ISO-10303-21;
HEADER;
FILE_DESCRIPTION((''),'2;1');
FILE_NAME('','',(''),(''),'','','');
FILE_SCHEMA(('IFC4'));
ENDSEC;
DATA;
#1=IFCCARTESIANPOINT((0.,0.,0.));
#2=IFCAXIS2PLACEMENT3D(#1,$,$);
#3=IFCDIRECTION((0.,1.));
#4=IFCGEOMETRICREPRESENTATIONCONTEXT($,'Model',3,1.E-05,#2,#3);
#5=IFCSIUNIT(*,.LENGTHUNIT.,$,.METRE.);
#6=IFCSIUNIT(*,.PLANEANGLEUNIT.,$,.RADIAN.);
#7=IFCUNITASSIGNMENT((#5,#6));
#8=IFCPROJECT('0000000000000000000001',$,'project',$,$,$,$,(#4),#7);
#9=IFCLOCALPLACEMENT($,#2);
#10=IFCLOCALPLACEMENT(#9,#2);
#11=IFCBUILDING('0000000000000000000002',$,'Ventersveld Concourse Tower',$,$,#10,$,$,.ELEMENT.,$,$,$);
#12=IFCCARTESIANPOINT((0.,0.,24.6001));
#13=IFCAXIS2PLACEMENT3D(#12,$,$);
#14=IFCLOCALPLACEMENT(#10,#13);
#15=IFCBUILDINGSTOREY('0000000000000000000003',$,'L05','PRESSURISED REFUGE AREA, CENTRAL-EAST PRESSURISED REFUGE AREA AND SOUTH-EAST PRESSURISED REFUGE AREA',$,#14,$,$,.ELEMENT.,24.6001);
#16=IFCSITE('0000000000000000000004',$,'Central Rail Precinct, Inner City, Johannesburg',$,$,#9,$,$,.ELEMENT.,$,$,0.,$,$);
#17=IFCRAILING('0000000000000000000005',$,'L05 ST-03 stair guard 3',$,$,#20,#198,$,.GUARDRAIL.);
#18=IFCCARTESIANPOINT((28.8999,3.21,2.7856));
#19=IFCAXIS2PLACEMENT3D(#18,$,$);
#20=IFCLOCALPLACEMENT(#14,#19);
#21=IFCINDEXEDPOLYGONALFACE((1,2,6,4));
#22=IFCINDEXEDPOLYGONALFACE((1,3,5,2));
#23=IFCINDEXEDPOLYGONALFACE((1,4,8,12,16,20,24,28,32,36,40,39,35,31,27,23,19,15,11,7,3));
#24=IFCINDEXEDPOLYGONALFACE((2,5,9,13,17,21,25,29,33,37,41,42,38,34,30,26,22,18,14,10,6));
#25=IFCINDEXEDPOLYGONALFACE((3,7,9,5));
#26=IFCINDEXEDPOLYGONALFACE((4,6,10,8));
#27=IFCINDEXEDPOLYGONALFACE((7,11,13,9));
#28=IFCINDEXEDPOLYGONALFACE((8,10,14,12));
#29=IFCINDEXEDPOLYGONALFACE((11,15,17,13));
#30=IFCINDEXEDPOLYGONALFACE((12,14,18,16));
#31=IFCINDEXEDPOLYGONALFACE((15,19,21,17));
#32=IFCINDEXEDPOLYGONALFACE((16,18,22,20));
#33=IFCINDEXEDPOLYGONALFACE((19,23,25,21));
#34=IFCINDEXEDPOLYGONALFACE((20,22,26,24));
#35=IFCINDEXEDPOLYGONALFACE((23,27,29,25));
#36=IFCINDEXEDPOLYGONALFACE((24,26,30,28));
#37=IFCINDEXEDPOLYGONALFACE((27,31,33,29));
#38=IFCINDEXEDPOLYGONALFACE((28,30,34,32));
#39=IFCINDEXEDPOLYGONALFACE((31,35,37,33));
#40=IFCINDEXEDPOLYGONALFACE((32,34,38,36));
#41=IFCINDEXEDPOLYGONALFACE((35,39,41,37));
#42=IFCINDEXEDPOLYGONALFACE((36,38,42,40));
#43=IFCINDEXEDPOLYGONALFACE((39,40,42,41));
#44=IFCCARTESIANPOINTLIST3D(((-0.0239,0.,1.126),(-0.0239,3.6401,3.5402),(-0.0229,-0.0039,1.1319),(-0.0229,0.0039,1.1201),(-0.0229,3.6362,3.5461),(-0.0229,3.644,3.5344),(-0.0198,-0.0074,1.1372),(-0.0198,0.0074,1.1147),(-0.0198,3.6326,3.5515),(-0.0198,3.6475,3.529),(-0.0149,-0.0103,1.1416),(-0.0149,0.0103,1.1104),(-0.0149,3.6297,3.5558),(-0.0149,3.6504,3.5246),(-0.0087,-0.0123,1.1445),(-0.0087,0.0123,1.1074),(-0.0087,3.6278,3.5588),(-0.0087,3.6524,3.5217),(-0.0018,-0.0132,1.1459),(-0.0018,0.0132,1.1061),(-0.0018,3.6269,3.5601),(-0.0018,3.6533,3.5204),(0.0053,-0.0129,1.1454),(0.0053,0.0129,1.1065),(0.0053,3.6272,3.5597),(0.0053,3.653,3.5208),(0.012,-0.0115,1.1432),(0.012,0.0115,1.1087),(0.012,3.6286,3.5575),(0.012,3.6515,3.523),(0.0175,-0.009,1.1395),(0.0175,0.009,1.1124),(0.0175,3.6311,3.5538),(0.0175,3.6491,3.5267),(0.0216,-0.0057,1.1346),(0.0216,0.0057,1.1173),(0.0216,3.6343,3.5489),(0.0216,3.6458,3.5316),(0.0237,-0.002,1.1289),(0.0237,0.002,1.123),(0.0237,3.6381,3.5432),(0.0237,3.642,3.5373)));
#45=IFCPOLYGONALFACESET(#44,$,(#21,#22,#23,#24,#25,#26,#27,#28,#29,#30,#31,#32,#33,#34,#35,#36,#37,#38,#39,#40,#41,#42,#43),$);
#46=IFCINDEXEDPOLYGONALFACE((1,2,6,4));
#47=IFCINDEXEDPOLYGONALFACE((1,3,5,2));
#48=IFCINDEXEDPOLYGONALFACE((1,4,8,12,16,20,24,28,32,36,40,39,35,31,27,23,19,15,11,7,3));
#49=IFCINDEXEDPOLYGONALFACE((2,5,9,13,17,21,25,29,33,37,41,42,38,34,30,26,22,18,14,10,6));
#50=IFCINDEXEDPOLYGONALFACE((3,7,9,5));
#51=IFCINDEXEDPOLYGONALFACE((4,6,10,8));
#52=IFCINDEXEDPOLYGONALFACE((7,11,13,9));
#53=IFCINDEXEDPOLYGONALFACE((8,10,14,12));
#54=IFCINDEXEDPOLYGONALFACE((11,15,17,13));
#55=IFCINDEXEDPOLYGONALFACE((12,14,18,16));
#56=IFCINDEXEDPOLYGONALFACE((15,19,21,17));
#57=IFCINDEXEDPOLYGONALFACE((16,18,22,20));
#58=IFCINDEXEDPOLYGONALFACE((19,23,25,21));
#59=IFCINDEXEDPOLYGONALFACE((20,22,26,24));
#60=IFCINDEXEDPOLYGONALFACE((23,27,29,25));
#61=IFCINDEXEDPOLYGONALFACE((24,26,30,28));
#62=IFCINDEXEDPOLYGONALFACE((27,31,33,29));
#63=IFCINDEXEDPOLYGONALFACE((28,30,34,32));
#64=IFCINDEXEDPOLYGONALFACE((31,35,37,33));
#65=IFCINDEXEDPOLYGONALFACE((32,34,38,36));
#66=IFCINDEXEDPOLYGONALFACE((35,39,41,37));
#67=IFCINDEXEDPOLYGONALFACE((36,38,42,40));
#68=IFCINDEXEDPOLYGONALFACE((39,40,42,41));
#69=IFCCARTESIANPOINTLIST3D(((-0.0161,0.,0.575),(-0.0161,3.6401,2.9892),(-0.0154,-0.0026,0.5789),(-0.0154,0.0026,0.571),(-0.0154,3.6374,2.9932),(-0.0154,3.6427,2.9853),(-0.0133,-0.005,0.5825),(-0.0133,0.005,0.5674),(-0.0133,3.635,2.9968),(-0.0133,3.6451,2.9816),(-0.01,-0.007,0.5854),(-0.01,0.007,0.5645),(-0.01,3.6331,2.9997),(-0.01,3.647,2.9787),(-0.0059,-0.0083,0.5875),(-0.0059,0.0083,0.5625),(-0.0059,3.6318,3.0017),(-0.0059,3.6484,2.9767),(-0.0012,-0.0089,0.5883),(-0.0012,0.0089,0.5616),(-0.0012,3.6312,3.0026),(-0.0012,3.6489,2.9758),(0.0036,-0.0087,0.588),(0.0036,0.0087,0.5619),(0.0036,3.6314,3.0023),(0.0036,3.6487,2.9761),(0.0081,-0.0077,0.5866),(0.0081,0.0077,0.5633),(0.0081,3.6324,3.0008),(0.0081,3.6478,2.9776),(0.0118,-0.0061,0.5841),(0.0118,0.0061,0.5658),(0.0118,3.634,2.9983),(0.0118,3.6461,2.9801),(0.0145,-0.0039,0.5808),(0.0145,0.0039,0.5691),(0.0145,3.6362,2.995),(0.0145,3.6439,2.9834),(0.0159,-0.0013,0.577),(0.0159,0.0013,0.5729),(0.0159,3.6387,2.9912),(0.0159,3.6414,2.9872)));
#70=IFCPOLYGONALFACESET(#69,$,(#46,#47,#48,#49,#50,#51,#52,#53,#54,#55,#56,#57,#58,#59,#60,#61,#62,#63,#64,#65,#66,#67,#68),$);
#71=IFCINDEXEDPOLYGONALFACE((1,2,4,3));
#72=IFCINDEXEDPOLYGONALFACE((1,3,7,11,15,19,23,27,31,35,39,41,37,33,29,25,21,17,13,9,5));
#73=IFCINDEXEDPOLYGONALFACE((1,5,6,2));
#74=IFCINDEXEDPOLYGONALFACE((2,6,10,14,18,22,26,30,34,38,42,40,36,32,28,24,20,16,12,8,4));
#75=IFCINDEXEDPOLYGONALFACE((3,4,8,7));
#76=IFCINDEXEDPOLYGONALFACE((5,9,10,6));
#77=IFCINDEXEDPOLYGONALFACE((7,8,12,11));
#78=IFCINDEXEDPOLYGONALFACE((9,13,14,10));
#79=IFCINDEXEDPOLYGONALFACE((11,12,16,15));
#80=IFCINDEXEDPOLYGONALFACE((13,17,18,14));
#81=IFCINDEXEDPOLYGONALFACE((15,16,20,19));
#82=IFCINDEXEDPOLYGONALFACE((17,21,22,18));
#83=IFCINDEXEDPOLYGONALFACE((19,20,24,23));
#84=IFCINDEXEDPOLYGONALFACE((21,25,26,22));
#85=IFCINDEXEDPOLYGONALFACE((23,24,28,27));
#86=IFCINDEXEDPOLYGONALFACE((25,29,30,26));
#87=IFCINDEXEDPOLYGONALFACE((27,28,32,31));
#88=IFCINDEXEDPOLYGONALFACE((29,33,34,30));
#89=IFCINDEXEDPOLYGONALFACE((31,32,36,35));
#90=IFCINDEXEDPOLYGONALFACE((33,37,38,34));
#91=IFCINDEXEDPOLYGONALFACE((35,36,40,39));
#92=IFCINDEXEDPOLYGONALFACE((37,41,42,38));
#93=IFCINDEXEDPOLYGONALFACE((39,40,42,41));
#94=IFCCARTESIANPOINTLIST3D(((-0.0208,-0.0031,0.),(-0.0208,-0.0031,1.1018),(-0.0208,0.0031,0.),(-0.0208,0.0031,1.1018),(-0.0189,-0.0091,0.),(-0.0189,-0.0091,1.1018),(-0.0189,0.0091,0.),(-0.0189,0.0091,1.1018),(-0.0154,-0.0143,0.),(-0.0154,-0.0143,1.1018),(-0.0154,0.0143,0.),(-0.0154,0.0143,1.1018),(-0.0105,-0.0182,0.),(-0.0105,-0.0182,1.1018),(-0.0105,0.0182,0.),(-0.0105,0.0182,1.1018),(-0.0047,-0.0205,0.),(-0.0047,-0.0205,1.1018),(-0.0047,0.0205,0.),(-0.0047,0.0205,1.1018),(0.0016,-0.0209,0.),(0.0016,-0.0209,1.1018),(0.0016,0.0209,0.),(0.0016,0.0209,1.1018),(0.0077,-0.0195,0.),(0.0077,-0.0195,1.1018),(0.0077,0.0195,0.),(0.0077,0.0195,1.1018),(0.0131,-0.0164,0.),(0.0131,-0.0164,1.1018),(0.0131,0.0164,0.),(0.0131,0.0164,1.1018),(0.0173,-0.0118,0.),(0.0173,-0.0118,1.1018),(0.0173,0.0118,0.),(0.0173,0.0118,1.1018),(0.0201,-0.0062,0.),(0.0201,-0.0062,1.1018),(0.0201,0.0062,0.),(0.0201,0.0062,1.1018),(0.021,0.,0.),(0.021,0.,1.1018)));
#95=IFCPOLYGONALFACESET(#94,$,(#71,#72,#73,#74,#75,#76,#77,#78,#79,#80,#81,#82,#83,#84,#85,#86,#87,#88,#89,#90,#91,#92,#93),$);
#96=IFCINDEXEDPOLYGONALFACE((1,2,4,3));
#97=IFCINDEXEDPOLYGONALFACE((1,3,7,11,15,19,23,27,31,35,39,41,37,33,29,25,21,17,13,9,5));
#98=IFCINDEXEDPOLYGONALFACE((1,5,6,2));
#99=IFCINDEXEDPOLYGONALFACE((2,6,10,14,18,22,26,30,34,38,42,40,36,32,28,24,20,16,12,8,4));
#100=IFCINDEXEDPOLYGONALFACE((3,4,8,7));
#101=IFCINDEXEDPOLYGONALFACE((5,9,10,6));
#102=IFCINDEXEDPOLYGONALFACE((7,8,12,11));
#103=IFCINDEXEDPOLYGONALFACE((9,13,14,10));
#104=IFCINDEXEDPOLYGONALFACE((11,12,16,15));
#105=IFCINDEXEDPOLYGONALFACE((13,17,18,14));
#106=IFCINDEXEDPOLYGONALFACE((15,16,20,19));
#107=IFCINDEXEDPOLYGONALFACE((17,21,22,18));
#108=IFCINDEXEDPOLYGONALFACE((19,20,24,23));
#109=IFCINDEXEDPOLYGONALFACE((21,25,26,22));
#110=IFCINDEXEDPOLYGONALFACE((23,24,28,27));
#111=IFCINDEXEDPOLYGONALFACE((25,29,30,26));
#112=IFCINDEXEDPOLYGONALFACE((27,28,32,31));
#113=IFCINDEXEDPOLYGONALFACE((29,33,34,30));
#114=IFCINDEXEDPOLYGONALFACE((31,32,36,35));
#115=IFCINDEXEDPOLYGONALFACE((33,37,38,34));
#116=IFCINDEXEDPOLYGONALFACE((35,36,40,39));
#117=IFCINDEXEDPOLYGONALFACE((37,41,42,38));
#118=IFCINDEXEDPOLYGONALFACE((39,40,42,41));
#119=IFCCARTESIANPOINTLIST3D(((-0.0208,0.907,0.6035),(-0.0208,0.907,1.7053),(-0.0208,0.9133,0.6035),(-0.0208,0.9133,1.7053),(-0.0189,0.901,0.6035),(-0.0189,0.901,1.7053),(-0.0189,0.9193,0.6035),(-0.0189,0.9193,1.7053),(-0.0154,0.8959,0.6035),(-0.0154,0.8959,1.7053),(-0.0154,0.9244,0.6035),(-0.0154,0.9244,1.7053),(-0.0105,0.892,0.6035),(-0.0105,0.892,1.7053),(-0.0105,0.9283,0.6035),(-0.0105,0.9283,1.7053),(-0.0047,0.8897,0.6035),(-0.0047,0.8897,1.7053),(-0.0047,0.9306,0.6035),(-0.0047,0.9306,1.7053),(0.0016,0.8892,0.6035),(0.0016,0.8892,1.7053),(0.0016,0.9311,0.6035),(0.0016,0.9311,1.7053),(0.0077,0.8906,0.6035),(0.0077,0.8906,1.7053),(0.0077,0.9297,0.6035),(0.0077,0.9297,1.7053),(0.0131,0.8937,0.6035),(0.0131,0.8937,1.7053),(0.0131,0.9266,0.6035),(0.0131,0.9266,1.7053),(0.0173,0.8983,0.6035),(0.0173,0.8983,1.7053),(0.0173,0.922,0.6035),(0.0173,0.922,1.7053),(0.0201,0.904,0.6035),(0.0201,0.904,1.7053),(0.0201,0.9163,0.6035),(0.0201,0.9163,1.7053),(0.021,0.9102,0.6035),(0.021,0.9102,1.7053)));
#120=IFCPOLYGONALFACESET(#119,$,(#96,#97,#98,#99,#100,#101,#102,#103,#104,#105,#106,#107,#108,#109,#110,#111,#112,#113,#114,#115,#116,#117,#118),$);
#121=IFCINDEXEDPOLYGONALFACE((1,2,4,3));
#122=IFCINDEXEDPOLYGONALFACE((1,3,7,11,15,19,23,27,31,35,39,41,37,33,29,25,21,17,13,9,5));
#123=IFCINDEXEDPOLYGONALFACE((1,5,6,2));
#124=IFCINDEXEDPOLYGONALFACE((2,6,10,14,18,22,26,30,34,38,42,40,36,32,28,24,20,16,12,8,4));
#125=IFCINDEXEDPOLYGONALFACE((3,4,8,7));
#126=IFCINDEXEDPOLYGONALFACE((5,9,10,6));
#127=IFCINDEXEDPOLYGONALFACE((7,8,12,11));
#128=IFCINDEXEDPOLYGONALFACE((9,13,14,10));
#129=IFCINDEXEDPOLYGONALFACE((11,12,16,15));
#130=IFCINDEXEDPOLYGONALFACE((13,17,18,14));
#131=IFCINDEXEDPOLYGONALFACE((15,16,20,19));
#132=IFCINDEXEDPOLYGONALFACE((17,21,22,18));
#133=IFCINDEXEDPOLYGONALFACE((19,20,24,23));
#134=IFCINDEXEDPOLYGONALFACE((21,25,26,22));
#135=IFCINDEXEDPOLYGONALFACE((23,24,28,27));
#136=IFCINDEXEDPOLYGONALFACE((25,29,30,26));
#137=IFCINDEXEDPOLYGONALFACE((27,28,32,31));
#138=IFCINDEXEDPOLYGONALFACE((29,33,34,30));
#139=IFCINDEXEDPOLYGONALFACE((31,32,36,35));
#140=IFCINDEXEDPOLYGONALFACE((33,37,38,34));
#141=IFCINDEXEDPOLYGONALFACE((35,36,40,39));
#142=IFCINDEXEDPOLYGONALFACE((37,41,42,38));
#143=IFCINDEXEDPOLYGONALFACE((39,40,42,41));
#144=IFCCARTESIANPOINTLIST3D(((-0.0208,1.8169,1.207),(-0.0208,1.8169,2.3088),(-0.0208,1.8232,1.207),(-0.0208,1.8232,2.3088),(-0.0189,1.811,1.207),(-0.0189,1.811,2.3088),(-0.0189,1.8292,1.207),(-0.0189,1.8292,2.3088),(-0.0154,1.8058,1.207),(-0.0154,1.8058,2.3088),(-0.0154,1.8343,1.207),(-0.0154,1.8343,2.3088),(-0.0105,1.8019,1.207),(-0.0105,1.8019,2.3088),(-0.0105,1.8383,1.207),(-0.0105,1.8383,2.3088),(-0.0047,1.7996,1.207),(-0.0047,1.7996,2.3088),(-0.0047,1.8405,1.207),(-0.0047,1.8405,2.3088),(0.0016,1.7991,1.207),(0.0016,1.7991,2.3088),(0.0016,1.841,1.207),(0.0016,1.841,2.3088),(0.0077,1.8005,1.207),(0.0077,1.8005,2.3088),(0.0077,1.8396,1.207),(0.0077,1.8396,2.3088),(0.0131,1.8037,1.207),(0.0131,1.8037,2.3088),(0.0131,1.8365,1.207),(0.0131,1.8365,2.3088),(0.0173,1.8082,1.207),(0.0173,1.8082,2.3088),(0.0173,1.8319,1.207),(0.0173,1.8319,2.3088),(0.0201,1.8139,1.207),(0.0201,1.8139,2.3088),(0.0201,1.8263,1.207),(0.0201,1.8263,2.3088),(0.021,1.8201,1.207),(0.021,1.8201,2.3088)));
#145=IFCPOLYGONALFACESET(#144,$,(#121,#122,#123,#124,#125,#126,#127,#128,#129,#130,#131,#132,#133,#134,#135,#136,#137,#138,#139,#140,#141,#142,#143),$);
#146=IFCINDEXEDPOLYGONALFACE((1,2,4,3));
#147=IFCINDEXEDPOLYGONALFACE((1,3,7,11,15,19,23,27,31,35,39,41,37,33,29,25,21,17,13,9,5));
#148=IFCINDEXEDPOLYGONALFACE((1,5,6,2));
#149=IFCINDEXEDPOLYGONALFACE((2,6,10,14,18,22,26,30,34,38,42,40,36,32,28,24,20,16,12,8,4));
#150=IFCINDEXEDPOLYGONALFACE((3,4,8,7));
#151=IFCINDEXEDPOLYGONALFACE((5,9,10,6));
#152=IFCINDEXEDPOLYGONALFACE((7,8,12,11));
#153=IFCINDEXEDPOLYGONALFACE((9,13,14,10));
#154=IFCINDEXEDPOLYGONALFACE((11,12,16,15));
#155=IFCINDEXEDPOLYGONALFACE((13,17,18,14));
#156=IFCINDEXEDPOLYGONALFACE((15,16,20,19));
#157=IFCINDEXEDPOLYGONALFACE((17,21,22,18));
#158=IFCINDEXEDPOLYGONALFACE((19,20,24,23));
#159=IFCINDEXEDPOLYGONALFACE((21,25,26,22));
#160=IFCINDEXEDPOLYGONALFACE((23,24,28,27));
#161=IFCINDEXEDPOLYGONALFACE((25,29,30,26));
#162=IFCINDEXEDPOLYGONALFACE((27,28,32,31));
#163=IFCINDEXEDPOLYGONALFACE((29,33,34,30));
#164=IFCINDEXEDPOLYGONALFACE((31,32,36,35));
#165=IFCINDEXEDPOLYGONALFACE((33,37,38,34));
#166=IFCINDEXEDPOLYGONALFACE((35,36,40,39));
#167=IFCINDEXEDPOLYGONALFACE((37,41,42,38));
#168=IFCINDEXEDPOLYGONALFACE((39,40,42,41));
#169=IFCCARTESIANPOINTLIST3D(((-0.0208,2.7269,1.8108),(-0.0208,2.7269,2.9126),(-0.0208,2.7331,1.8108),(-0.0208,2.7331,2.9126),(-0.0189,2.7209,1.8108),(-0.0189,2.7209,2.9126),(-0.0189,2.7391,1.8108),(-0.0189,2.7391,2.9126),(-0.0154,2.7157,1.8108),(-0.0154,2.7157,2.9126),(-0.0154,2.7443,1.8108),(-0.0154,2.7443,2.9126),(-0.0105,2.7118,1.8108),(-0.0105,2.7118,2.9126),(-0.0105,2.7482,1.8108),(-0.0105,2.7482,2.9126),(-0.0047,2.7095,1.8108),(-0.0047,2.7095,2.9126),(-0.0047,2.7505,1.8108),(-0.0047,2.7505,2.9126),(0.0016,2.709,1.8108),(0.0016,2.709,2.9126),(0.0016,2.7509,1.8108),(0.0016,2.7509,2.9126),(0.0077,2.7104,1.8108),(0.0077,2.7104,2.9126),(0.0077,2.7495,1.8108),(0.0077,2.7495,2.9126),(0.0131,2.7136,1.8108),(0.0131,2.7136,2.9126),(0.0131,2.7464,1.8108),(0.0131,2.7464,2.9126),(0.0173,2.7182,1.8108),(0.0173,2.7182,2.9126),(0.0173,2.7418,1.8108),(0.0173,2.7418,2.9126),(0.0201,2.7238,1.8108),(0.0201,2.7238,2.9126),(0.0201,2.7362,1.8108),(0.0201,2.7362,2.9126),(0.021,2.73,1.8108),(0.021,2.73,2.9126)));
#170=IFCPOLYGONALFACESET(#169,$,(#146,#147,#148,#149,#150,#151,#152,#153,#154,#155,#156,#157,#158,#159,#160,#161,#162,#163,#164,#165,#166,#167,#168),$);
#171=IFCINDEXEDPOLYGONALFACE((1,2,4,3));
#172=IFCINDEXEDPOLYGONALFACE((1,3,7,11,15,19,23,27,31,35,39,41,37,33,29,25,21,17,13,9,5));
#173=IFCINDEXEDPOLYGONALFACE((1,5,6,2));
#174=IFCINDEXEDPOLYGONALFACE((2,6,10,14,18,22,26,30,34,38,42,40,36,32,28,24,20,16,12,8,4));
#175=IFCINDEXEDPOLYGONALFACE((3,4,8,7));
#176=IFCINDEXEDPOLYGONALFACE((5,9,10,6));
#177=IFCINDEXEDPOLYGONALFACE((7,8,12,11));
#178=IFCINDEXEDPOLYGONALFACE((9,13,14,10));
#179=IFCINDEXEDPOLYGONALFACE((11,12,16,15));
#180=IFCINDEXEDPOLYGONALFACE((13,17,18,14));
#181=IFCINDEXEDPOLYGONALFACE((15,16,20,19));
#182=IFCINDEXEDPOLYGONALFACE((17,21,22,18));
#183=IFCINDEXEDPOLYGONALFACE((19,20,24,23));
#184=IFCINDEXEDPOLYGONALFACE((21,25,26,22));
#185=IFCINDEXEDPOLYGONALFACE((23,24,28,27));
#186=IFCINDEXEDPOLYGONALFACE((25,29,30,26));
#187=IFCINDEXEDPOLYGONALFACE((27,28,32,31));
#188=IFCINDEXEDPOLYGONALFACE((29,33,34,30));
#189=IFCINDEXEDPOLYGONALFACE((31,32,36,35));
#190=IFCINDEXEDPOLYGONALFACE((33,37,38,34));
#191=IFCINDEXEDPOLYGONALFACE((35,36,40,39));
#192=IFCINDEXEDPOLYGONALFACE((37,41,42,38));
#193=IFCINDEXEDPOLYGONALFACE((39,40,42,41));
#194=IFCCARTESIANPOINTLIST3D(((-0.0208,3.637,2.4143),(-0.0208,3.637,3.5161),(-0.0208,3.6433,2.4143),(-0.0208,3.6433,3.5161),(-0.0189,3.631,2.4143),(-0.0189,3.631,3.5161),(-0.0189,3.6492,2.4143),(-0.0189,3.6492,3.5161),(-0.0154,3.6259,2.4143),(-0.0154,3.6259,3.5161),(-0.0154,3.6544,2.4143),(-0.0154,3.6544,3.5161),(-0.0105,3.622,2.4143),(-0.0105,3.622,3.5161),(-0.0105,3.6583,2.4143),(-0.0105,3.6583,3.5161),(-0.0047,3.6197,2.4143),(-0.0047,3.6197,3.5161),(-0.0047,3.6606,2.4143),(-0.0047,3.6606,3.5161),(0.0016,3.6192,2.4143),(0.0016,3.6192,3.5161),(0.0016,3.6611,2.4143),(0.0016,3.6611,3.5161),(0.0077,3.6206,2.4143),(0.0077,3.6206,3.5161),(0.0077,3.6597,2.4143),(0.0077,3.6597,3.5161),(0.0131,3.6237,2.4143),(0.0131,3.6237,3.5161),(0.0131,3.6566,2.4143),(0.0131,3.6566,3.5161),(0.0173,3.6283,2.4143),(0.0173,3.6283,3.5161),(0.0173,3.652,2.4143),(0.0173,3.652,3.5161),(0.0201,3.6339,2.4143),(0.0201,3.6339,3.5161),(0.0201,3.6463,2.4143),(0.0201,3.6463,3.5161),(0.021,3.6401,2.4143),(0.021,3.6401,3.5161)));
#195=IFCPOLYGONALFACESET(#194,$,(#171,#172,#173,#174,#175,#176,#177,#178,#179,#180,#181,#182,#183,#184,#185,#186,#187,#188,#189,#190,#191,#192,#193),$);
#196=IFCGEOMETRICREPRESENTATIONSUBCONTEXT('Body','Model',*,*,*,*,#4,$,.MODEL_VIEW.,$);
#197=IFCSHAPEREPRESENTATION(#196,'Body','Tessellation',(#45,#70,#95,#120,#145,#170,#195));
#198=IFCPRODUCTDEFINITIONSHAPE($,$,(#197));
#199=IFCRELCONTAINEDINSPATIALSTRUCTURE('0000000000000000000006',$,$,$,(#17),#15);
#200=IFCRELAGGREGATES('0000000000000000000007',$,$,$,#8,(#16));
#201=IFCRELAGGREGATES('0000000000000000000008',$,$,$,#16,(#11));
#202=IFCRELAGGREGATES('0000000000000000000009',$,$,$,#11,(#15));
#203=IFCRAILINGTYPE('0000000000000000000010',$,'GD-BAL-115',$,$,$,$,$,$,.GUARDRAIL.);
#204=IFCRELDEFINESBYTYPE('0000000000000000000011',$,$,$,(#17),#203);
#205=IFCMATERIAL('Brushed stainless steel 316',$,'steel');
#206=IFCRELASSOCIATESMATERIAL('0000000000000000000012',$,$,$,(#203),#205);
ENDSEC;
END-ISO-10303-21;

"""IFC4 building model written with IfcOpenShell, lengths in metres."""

from ifc_helpers import new_model, si_unit, direction, frame, origin, origin_2d, place, context, subcontext, project, spatial, circle, extrude, material, type_object, element, save


model = new_model("IFC4")

# Units and contexts
model_context = context("Model", 3, precision=1e-05, world=origin(), true_north=direction((0.0, 1.0)))
body_context = subcontext(model_context, "Body", "Model", "MODEL_VIEW")
ifc_project = project(units=[si_unit("LENGTHUNIT", "METRE"), si_unit("PLANEANGLEUNIT", "RADIAN")], contexts=[model_context])

# Site, building, storey
site_placement = place(None, origin())
site = spatial("IfcSite", under=ifc_project, at=site_placement, Name="Central Rail Precinct, Inner City, Johannesburg", CompositionType="ELEMENT", RefElevation=0.0)
building_placement = place(site_placement, origin())
building = spatial("IfcBuilding", under=site, at=building_placement, Name="Ventersveld Concourse Tower", CompositionType="ELEMENT")
storey_placement = place(building_placement, frame((0.0, 0.0, 24.6001)))
storey = spatial("IfcBuildingStorey", under=building, at=storey_placement, Name="L05", Description="PRESSURISED REFUGE AREA, CENTRAL-EAST PRESSURISED REFUGE AREA AND SOUTH-EAST PRESSURISED REFUGE AREA", CompositionType="ELEMENT", Elevation=24.6001)

# Railing
ifc_material_1 = material(Name="Brushed stainless steel 316", Category="steel")
railing_type_1 = type_object("IfcRailingType", Name="GD-BAL-115", PredefinedType="GUARDRAIL", material=ifc_material_1)
railing_1_placement = place(storey_placement, frame((28.8999, 3.21, 2.7856)))
element("IfcRailing", 1, at=railing_1_placement, inside=storey, type_object=railing_type_1, Name="L05 ST-03 stair guard 3", PredefinedType="GUARDRAIL", context=body_context, shape_type="SweptSolid", body=[
    extrude(circle(Radius=0.0239, at=origin_2d()), frame((0.0, 0.0, 1.126), z_axis=(0.0, 0.833364, 0.552725), x_axis=(-1.0, 0.0, 0.0)), (0.0, 0.0, 1.0), 4.3679),
    extrude(circle(Radius=0.0161, at=origin_2d()), frame((0.0, 0.0, 0.575), z_axis=(0.0, 0.833364, 0.552725), x_axis=(-1.0, 0.0, 0.0)), (0.0, 0.0, 1.0), 4.3679),
    extrude(circle(Radius=0.021, at=origin_2d()), origin(), (0.0, 0.0, 1.0), 1.1018),
    extrude(circle(Radius=0.021, at=origin_2d()), frame((0.0, 0.9102, 0.6035)), (0.0, 0.0, 1.0), 1.1018),
    extrude(circle(Radius=0.021, at=origin_2d()), frame((0.0, 1.8201, 1.207)), (0.0, 0.0, 1.0), 1.1018),
    extrude(circle(Radius=0.021, at=origin_2d()), frame((0.0, 2.73, 1.8108)), (0.0, 0.0, 1.0), 1.1018),
    extrude(circle(Radius=0.021, at=origin_2d()), frame((0.0, 3.6401, 2.4143)), (0.0, 0.0, 1.0), 1.1018),
])

save(model, "model.ifc")
